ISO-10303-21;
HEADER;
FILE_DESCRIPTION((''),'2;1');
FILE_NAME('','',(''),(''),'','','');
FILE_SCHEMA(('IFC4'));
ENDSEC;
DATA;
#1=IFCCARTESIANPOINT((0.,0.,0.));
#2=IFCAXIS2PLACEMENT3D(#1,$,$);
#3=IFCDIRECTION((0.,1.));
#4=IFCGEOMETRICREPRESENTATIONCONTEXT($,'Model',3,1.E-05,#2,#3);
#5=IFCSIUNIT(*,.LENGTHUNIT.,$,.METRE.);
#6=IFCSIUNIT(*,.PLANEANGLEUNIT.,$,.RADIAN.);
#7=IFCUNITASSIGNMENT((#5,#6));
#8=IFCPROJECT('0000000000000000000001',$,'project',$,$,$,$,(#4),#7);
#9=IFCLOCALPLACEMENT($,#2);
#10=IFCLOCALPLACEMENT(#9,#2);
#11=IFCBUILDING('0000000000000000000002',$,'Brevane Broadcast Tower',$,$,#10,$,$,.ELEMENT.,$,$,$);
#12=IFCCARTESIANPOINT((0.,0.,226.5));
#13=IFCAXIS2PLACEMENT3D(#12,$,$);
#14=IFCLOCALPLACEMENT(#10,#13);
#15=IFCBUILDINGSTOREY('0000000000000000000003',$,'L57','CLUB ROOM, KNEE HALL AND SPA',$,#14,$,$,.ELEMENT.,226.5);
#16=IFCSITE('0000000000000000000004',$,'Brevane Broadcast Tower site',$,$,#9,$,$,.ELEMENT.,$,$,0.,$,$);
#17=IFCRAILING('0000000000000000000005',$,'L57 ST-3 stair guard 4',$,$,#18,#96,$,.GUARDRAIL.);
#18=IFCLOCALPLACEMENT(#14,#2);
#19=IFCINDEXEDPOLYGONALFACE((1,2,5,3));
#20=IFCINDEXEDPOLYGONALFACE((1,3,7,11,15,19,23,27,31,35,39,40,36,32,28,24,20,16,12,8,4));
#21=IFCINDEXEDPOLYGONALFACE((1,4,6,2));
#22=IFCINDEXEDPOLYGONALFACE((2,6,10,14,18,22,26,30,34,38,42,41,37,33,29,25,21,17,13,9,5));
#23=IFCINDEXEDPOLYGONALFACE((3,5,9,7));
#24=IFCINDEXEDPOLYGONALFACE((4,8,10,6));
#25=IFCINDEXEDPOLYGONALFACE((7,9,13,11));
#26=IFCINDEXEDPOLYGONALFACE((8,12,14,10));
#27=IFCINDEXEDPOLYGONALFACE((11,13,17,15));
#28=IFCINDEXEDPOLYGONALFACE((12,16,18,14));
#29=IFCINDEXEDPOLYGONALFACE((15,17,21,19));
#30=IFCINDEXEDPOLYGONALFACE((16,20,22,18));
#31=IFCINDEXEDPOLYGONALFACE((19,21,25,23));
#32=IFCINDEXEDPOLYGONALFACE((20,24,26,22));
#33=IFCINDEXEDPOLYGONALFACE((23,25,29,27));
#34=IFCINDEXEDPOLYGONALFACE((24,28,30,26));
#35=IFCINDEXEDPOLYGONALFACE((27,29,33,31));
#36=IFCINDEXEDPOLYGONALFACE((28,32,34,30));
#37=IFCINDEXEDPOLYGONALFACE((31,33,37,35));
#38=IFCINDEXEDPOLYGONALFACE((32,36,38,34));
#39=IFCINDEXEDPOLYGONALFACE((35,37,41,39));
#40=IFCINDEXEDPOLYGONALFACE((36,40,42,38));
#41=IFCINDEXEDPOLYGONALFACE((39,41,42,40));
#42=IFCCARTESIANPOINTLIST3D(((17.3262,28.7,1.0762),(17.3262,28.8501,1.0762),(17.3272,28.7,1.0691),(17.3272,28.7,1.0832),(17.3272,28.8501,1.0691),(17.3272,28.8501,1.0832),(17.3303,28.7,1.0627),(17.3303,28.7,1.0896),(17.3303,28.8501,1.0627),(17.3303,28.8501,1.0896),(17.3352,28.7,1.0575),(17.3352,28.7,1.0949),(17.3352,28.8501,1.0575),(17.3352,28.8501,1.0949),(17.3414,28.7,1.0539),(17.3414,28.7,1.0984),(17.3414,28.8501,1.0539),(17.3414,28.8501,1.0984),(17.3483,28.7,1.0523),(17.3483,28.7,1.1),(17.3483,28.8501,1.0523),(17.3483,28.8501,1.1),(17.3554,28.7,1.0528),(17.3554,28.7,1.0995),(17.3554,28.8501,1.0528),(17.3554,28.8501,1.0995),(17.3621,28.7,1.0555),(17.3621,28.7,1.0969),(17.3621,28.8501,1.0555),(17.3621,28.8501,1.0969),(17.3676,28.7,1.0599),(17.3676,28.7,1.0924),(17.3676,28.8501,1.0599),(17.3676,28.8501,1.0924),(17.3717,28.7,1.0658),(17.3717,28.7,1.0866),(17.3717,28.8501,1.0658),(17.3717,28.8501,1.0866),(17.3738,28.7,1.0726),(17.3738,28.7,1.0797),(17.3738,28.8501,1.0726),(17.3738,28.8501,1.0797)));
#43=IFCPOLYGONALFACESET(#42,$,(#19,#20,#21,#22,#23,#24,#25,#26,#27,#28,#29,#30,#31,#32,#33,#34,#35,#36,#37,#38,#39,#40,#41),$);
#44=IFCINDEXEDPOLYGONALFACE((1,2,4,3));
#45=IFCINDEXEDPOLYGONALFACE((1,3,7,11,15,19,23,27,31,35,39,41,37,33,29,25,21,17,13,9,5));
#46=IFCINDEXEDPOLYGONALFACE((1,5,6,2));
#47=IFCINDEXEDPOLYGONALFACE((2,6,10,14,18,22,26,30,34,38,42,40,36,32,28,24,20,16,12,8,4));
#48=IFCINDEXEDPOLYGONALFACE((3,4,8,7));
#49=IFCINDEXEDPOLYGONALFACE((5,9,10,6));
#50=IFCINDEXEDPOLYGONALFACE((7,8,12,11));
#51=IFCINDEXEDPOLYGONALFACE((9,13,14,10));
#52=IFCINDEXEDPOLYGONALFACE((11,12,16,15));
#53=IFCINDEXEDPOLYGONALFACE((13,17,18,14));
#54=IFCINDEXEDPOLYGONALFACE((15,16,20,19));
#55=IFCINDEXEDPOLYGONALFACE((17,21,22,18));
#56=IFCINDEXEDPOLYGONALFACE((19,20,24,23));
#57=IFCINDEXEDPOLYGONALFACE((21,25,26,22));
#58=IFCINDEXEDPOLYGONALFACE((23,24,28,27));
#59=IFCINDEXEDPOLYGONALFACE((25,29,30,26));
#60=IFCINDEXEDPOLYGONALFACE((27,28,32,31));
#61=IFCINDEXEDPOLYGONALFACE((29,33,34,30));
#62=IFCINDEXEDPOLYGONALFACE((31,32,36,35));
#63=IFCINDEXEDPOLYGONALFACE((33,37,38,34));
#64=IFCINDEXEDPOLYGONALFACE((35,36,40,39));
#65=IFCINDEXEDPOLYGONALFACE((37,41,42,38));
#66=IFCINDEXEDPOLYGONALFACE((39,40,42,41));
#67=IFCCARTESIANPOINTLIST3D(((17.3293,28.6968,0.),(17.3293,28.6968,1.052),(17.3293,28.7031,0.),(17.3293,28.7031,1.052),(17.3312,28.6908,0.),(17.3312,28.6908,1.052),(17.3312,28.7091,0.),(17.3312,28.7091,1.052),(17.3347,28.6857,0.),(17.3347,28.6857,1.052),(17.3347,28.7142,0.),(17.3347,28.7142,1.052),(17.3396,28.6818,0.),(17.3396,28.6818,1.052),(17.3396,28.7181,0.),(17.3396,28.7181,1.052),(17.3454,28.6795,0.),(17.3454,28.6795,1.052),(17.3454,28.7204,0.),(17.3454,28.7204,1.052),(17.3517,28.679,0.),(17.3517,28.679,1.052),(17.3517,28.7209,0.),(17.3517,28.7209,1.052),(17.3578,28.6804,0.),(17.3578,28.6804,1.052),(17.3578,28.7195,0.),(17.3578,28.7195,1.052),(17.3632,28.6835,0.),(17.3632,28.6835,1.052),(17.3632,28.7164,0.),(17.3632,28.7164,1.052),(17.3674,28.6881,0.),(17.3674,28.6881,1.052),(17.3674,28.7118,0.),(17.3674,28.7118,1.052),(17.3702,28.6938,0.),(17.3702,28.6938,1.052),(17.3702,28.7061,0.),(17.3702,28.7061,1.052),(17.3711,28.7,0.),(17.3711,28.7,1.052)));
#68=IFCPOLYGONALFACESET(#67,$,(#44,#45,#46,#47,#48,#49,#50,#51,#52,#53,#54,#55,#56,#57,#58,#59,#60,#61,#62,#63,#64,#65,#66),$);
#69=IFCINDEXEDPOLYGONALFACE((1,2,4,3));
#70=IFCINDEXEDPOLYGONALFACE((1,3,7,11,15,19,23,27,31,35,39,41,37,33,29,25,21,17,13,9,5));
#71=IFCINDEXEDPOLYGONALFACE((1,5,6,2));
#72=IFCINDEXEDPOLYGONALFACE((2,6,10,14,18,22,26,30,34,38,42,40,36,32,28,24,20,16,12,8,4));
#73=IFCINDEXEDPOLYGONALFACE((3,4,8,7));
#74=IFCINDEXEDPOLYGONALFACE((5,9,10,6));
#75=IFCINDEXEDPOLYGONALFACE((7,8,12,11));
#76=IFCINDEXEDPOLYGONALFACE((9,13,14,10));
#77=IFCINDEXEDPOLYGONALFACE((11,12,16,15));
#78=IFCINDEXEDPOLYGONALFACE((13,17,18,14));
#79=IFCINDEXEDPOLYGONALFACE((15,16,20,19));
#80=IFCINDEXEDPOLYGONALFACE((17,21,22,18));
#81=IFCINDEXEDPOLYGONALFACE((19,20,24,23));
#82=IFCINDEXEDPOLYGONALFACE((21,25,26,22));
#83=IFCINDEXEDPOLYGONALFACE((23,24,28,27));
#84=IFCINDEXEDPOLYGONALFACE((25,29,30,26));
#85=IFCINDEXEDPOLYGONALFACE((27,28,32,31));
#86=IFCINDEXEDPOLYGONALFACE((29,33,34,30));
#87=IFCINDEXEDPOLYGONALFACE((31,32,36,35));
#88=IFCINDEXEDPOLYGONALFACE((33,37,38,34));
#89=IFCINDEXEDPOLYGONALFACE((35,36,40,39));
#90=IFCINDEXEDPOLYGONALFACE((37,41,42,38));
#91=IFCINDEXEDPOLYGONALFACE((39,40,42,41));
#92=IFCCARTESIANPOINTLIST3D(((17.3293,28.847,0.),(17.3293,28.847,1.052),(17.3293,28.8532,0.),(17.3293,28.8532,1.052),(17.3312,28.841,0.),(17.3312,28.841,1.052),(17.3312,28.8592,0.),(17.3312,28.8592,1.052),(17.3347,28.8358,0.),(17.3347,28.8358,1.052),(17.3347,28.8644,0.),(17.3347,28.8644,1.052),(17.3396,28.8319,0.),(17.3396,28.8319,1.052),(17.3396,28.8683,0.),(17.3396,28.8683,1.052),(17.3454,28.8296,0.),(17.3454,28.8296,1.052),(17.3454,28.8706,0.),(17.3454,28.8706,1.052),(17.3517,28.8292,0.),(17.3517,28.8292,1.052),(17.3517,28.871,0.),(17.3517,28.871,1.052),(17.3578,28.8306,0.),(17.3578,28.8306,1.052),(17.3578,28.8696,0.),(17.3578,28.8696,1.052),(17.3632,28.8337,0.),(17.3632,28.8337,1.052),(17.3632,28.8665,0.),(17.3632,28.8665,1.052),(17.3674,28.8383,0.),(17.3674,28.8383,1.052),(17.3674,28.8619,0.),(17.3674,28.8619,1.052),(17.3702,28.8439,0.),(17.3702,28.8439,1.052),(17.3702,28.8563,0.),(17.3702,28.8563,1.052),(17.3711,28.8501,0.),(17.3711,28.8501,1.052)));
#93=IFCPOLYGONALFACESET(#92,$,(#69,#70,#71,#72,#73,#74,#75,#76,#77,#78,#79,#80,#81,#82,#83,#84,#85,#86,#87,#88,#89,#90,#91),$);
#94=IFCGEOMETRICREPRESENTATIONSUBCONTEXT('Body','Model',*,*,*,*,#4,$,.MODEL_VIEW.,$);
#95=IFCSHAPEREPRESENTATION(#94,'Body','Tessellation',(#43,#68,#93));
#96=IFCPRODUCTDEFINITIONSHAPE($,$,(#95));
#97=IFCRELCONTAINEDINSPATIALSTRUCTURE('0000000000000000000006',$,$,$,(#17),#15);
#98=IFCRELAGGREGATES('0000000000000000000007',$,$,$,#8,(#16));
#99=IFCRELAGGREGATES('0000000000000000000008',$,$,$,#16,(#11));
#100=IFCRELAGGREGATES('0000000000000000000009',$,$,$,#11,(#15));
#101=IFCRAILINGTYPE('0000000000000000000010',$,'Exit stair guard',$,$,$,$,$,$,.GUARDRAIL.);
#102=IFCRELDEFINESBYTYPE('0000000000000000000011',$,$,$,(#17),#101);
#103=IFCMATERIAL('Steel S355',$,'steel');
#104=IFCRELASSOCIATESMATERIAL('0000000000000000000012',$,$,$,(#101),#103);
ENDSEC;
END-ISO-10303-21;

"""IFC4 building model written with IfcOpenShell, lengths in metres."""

from ifc_helpers import new_model, si_unit, direction, frame, origin, origin_2d, place, context, subcontext, project, spatial, circle, extrude, material, type_object, element, save


model = new_model("IFC4")

# Units and contexts
model_context = context("Model", 3, precision=1e-05, world=origin(), true_north=direction((0.0, 1.0)))
body_context = subcontext(model_context, "Body", "Model", "MODEL_VIEW")
ifc_project = project(units=[si_unit("LENGTHUNIT", "METRE"), si_unit("PLANEANGLEUNIT", "RADIAN")], contexts=[model_context])

# Site, building, storey
site_placement = place(None, origin())
site = spatial("IfcSite", under=ifc_project, at=site_placement, Name="Brevane Broadcast Tower site", CompositionType="ELEMENT", RefElevation=0.0)
building_placement = place(site_placement, origin())
building = spatial("IfcBuilding", under=site, at=building_placement, Name="Brevane Broadcast Tower", CompositionType="ELEMENT")
storey_placement = place(building_placement, frame((0.0, 0.0, 226.5)))
storey = spatial("IfcBuildingStorey", under=building, at=storey_placement, Name="L57", Description="CLUB ROOM, KNEE HALL AND SPA", CompositionType="ELEMENT", Elevation=226.5)

# Railing
ifc_material_1 = material(Name="Steel S355", Category="steel")
railing_type_1 = type_object("IfcRailingType", Name="Exit stair guard", PredefinedType="GUARDRAIL", material=ifc_material_1)
railing_1_placement = place(storey_placement, frame((17.3501, 28.7, 0.0)))
element("IfcRailing", 1, at=railing_1_placement, inside=storey, type_object=railing_type_1, Name="L57 ST-3 stair guard 4", PredefinedType="GUARDRAIL", context=body_context, shape_type="SweptSolid", body=[
    extrude(circle(Radius=0.0239, at=origin_2d()), frame((0.0, 0.0, 1.0762), z_axis=(0.0, 1.0, 0.0), x_axis=(-1.0, 0.0, 0.0)), (0.0, 0.0, 1.0), 0.1501),
    extrude(circle(Radius=0.021, at=origin_2d()), origin(), (0.0, 0.0, 1.0), 1.052),
    extrude(circle(Radius=0.021, at=origin_2d()), frame((0.0, 0.1501, 0.0)), (0.0, 0.0, 1.0), 1.052),
])

save(model, "model.ifc")
